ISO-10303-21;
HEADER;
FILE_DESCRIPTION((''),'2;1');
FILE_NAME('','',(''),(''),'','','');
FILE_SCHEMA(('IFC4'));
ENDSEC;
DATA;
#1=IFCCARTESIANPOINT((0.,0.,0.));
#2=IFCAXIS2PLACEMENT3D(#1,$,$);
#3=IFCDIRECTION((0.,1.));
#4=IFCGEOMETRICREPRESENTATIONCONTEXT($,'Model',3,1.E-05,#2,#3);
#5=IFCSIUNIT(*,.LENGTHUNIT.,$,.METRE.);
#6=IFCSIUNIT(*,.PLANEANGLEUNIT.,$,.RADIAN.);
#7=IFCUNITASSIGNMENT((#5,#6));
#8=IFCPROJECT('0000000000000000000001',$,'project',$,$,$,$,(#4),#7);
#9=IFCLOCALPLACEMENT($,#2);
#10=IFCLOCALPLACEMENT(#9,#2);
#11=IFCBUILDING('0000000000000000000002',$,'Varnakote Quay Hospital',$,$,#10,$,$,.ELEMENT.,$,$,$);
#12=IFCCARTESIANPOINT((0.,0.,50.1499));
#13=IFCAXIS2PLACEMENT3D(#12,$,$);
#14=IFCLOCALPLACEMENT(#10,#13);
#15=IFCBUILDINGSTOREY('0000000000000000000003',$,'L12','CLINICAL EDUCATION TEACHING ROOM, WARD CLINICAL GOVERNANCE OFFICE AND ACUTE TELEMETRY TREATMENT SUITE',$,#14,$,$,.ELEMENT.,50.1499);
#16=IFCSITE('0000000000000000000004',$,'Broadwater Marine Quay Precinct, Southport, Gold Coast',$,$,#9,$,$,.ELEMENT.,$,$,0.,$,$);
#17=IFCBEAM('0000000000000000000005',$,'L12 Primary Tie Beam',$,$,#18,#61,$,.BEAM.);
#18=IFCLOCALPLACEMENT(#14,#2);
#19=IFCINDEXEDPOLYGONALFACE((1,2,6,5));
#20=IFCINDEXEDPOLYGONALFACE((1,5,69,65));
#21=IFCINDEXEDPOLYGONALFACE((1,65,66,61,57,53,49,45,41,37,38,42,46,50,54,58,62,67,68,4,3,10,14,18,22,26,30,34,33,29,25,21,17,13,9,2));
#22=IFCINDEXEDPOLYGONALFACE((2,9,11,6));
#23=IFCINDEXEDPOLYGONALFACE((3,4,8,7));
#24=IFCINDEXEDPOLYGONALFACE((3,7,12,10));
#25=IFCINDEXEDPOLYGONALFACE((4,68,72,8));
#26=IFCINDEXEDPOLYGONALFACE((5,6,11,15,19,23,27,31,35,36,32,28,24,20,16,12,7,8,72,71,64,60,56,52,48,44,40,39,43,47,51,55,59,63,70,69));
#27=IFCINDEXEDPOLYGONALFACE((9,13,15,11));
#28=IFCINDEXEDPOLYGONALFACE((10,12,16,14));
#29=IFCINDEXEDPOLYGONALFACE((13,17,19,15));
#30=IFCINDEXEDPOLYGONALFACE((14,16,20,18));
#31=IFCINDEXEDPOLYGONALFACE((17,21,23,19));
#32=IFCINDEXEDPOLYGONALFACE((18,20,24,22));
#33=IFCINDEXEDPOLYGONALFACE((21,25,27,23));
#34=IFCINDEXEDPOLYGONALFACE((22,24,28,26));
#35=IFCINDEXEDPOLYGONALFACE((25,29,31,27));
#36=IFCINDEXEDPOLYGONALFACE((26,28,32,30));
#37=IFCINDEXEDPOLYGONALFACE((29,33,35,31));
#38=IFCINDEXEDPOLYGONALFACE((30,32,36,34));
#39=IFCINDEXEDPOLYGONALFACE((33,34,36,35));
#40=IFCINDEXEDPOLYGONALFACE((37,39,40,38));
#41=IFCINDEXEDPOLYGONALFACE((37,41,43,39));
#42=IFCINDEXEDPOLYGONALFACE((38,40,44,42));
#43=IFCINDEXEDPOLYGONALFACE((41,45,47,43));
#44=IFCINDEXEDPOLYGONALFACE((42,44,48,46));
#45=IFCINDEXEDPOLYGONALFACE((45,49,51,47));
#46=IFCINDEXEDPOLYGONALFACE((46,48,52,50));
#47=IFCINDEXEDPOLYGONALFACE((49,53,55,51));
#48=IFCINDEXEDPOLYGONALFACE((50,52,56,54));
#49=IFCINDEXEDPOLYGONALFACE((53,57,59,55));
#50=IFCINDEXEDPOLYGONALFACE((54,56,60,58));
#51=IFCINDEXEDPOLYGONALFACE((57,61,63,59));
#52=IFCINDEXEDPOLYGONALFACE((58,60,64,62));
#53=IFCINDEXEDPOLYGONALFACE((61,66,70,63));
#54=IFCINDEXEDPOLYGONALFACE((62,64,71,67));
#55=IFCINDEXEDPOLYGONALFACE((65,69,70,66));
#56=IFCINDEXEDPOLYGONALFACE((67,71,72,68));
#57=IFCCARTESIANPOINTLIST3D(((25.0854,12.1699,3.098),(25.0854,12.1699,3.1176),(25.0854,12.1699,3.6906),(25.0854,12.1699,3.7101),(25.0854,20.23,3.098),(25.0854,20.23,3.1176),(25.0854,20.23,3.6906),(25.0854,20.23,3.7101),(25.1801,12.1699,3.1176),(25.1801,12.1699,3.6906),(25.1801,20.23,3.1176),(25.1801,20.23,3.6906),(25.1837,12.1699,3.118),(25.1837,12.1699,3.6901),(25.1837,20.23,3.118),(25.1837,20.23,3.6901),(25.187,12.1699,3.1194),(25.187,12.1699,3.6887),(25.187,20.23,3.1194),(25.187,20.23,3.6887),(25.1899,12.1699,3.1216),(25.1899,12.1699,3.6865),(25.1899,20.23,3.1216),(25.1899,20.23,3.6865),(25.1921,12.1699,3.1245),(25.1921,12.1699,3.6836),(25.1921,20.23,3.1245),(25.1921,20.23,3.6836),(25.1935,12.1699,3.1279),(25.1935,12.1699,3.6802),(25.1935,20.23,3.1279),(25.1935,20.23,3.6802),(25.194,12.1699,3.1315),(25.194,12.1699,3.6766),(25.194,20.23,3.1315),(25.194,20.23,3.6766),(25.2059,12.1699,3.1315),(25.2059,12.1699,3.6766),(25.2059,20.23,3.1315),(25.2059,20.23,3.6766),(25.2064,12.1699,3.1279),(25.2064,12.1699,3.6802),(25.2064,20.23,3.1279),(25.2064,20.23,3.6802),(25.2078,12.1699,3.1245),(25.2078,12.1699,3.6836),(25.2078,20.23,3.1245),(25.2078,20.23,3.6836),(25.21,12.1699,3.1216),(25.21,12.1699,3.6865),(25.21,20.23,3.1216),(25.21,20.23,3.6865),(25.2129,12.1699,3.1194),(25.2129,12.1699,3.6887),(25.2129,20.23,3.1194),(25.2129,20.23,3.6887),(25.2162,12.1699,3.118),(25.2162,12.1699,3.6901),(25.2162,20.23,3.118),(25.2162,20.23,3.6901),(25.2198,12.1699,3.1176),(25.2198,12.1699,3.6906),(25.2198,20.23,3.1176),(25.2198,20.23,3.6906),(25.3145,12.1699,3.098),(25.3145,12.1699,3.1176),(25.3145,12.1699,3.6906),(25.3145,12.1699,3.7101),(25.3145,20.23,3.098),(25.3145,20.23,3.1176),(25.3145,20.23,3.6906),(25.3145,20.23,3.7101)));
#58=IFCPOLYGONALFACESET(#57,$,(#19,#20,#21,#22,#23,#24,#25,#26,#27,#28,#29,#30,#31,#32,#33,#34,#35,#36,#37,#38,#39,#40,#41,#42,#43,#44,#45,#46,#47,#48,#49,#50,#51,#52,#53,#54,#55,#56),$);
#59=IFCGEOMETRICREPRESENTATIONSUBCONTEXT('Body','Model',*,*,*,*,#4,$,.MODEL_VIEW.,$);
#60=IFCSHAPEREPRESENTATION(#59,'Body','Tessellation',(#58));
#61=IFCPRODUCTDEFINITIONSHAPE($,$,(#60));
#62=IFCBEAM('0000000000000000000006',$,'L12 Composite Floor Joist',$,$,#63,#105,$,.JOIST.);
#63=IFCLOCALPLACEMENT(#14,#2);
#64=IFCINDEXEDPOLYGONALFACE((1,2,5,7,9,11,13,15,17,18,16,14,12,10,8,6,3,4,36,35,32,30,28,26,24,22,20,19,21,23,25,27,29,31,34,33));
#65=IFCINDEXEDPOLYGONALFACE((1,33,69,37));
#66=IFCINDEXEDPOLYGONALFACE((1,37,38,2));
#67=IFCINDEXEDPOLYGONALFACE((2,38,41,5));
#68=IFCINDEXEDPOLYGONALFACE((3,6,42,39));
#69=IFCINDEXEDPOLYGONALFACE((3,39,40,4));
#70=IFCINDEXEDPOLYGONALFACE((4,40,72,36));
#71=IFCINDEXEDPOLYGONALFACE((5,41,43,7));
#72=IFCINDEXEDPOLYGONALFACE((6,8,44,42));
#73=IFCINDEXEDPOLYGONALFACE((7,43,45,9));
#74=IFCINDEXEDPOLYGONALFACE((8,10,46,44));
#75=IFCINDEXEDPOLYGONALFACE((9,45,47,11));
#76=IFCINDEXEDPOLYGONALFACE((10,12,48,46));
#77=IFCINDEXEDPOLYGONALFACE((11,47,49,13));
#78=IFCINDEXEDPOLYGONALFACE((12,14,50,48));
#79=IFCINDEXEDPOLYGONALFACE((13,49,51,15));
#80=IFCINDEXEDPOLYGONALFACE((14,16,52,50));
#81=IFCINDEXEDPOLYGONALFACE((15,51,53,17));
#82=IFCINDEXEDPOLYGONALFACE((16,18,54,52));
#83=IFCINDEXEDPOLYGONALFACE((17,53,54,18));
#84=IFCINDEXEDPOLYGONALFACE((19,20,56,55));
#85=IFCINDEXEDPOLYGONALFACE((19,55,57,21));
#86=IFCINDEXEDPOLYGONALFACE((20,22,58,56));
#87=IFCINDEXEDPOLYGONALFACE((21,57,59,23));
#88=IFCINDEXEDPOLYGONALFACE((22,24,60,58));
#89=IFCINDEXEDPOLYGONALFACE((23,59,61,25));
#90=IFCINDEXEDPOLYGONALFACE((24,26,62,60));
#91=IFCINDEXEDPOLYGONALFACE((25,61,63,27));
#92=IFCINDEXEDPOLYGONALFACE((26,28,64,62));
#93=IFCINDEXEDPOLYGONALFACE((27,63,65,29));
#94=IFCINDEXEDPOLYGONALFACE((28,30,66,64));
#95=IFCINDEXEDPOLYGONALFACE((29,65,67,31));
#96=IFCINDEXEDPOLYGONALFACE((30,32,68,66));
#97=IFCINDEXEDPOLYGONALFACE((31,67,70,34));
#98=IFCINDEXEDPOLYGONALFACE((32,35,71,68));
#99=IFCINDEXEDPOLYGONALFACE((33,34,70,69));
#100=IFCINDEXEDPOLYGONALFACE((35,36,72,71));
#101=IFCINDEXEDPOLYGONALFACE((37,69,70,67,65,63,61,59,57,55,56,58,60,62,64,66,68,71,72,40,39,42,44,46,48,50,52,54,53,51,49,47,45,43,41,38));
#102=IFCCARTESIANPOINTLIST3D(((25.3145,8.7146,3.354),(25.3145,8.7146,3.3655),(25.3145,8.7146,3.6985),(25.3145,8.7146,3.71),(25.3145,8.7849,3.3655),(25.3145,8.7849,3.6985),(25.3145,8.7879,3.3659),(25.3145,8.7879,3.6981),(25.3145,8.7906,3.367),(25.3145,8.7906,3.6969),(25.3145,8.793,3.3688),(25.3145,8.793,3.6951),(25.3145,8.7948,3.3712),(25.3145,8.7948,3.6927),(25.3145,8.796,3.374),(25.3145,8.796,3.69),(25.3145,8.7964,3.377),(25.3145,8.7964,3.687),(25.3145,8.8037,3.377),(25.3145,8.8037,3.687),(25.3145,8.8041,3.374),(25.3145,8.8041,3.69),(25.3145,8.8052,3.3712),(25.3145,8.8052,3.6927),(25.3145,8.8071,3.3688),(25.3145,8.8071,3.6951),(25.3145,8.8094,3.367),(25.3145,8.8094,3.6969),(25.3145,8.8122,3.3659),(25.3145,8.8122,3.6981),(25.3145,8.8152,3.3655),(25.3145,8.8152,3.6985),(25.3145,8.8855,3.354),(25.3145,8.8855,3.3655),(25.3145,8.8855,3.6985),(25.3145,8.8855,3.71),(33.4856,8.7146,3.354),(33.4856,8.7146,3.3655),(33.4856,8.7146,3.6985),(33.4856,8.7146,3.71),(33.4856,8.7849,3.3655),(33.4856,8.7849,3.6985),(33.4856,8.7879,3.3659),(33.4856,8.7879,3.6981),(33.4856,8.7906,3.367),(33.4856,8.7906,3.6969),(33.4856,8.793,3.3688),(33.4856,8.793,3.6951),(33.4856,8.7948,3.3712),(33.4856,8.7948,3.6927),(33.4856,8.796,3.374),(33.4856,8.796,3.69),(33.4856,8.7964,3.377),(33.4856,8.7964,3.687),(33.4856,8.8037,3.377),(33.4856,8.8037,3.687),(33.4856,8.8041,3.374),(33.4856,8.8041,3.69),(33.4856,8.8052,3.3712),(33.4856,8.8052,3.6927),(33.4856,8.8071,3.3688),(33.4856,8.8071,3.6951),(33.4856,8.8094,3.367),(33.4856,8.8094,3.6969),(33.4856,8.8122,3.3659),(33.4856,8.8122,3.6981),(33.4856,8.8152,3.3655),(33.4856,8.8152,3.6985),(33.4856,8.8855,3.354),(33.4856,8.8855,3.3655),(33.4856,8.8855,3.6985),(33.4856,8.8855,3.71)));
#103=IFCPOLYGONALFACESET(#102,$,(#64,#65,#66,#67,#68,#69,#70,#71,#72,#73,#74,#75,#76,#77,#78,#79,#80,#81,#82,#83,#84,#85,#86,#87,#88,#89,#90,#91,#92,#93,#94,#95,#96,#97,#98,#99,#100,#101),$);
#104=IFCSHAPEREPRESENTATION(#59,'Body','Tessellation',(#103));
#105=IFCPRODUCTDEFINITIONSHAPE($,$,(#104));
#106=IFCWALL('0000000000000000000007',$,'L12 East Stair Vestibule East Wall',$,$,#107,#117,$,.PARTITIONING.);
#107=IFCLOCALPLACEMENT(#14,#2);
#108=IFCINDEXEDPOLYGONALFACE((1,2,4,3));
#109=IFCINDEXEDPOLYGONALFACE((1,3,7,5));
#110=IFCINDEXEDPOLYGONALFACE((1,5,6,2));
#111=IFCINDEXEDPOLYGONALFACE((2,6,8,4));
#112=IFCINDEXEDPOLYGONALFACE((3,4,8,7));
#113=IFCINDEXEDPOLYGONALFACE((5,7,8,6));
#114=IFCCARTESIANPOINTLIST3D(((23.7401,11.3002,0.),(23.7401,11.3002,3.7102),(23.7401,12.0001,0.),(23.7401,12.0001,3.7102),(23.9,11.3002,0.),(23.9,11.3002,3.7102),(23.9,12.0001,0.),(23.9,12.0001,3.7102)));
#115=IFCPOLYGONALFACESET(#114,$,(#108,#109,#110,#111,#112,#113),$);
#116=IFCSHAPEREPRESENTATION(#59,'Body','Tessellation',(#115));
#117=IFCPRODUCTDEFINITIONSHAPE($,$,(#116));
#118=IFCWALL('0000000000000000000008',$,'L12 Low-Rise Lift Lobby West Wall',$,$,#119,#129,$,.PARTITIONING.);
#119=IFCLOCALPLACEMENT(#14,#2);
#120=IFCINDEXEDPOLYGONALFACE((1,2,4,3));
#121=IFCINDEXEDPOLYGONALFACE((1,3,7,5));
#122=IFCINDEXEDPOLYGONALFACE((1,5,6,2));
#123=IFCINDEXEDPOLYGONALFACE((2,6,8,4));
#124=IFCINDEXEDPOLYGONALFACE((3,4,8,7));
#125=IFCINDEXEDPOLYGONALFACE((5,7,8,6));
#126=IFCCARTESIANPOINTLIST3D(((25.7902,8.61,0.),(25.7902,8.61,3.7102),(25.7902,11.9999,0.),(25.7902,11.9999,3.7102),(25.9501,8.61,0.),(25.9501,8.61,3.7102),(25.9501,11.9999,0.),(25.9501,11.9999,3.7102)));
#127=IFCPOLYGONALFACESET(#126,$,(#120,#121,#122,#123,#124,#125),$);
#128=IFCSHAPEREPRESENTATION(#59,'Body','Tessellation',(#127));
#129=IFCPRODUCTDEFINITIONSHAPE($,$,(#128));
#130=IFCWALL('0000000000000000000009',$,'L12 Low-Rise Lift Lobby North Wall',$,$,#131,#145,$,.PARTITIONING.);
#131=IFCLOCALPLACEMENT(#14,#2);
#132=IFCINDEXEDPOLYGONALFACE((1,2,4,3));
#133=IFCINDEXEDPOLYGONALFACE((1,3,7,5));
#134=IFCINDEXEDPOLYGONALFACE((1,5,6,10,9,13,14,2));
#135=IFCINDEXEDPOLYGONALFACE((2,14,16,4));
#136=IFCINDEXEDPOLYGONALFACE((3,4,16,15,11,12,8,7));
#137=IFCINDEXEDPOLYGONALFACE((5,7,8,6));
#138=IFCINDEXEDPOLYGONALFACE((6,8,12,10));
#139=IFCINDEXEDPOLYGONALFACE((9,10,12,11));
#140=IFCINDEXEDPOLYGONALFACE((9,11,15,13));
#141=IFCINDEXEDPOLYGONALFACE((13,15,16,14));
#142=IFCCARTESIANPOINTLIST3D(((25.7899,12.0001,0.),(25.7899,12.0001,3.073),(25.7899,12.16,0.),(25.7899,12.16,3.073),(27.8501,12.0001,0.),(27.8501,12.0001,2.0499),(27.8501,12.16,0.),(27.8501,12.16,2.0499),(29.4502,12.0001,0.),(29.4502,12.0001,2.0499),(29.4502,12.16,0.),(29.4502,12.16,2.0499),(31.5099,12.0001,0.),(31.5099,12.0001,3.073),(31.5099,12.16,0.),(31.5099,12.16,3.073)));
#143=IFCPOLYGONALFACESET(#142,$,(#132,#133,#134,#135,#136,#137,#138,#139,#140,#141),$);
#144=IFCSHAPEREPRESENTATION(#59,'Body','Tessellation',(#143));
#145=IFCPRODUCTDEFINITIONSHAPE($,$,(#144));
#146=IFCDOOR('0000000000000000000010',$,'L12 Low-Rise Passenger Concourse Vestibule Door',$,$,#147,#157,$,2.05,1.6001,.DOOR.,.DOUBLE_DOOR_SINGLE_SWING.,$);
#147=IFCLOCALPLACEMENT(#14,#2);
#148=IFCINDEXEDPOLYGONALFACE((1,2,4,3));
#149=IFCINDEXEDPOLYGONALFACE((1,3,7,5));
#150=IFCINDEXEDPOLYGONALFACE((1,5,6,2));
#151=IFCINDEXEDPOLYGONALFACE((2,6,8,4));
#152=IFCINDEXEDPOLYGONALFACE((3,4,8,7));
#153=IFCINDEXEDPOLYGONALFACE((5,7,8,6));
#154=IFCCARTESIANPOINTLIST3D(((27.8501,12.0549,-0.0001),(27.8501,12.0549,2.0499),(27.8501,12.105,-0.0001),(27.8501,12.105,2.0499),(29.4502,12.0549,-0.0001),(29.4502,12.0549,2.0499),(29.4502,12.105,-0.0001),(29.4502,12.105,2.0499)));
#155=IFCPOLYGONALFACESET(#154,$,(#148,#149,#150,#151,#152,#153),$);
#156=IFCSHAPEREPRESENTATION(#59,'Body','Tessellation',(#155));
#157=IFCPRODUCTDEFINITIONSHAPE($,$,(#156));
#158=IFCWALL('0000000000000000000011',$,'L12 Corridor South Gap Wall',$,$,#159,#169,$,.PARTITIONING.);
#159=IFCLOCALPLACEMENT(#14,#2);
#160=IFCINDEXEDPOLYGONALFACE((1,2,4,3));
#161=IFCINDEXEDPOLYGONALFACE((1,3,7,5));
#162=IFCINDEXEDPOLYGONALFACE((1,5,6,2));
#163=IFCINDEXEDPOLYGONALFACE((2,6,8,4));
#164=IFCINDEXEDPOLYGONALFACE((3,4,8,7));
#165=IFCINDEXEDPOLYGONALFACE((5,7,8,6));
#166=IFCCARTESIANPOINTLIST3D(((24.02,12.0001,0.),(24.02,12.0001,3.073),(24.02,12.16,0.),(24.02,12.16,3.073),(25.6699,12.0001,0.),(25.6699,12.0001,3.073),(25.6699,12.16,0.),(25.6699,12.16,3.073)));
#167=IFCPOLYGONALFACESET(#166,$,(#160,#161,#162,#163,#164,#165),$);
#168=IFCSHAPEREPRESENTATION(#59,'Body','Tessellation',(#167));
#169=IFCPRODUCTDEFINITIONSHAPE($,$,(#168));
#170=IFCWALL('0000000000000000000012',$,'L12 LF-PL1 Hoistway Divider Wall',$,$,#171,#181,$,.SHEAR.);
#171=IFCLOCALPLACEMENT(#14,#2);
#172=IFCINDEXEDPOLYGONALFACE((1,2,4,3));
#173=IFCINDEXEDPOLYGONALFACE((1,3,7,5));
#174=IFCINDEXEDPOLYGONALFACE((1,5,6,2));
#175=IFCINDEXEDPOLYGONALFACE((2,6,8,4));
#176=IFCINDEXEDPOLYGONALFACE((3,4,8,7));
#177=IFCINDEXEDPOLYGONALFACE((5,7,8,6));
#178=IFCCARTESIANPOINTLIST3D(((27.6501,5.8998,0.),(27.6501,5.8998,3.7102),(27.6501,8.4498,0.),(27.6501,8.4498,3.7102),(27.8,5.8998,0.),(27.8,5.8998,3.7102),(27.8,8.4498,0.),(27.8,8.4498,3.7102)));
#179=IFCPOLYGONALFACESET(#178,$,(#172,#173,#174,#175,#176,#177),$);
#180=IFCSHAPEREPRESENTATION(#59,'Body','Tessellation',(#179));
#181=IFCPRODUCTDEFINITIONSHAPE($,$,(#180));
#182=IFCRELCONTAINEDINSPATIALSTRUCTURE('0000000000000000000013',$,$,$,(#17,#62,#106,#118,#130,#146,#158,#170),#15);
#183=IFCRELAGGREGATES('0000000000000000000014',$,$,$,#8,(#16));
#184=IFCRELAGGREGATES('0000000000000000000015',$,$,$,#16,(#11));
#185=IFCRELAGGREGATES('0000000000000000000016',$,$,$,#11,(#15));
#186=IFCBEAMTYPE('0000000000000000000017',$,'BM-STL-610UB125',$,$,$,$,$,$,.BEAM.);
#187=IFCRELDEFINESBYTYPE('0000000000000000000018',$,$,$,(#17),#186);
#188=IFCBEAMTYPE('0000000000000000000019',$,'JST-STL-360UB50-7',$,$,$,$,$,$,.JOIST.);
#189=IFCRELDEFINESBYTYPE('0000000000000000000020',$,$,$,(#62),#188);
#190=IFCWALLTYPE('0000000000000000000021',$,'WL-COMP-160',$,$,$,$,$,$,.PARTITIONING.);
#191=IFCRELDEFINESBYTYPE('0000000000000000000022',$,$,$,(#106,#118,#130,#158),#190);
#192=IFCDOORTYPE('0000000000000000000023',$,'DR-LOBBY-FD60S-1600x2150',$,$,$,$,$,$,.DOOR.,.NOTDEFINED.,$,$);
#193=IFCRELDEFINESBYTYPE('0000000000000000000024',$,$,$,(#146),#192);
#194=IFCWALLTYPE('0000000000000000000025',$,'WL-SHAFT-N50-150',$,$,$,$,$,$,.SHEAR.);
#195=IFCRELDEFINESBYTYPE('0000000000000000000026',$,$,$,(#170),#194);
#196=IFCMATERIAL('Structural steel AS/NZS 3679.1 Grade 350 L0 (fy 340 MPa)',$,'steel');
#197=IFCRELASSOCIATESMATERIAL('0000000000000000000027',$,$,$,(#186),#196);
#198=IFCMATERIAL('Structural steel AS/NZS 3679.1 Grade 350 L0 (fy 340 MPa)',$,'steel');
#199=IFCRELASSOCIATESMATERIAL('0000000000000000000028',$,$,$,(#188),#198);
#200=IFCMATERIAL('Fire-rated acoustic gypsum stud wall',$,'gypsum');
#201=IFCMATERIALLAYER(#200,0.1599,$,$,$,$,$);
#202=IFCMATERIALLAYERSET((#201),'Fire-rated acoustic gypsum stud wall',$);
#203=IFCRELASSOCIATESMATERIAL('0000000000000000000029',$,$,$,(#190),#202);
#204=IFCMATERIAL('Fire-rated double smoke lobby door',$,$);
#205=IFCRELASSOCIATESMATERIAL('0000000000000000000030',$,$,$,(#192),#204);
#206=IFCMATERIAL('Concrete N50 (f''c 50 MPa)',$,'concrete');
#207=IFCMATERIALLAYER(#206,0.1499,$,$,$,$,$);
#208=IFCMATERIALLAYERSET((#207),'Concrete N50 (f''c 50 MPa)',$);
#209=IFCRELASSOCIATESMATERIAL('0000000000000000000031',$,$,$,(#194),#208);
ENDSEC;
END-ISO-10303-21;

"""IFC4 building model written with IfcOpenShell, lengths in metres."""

from ifc_helpers import new_model, si_unit, direction, frame, frame_2d, origin, origin_2d, place, context, subcontext, project, spatial, rectangle, i_section, extrude, material, layer, layer_set, material_profile, profile_set, type_object, element, fill, save


model = new_model("IFC4")

# Units and contexts
model_context = context("Model", 3, precision=1e-05, world=origin(), true_north=direction((0.0, 1.0)))
body_context = subcontext(model_context, "Body", "Model", "MODEL_VIEW")
ifc_project = project(units=[si_unit("LENGTHUNIT", "METRE"), si_unit("PLANEANGLEUNIT", "RADIAN")], contexts=[model_context])

# Site, building, storey
site_placement = place(None, origin())
site = spatial("IfcSite", under=ifc_project, at=site_placement, Name="Broadwater Marine Quay Precinct, Southport, Gold Coast", CompositionType="ELEMENT", RefElevation=0.0)
building_placement = place(site_placement, origin())
building = spatial("IfcBuilding", under=site, at=building_placement, Name="Varnakote Quay Hospital", CompositionType="ELEMENT")
storey_placement = place(building_placement, frame((0.0, 0.0, 50.1499)))
storey = spatial("IfcBuildingStorey", under=building, at=storey_placement, Name="L12", Description="CLINICAL EDUCATION TEACHING ROOM, WARD CLINICAL GOVERNANCE OFFICE AND ACUTE TELEMETRY TREATMENT SUITE", CompositionType="ELEMENT", Elevation=50.1499)

# Beams
ifc_material_1 = material(Name="Structural steel AS/NZS 3679.1 Grade 350 L0 (fy 340 MPa)", Category="steel")
ifc_material_profile_1 = material_profile(ifc_material_1, i_section(OverallWidth=0.229, OverallDepth=0.6121, WebThickness=0.012, FlangeThickness=0.0195, FilletRadius=0.0139, at=origin_2d()), Name="610UB125")
ifc_profile_set_1 = profile_set([ifc_material_profile_1], Name="Structural steel AS/NZS 3679.1 Grade 350 L0 (fy 340 MPa)")
beam_type_1 = type_object("IfcBeamType", Name="BM-STL-610UB125", PredefinedType="BEAM", material=ifc_profile_set_1)
beam_1_placement = place(storey_placement, frame((25.2, 12.1699, 3.4041), z_axis=(0.0, 1.0, 0.0), x_axis=(-1.0, 0.0, 0.0)))
element("IfcBeam", 1, at=beam_1_placement, inside=storey, type_object=beam_type_1, Name="L12 Primary Tie Beam", PredefinedType="BEAM", context=body_context, shape_type="SweptSolid", body=[
    extrude(i_section(OverallWidth=0.229, OverallDepth=0.6121, WebThickness=0.012, FlangeThickness=0.0195, FilletRadius=0.0139, at=origin_2d()), origin(), (0.0, 0.0, 1.0), 8.0601),
])
ifc_material_2 = material(Name="Structural steel AS/NZS 3679.1 Grade 350 L0 (fy 340 MPa)", Category="steel")
ifc_material_profile_2 = material_profile(ifc_material_2, i_section(OverallWidth=0.1709, OverallDepth=0.356, WebThickness=0.0073, FlangeThickness=0.0115, FilletRadius=0.0115, at=origin_2d()), Name="360UB50.7")
ifc_profile_set_2 = profile_set([ifc_material_profile_2], Name="Structural steel AS/NZS 3679.1 Grade 350 L0 (fy 340 MPa)")
beam_type_2 = type_object("IfcBeamType", Name="JST-STL-360UB50-7", PredefinedType="JOIST", material=ifc_profile_set_2)
beam_2_placement = place(storey_placement, frame((25.3145, 8.8, 3.532), z_axis=(1.0, 0.0, 0.0), x_axis=(0.0, 1.0, 0.0)))
element("IfcBeam", 2, at=beam_2_placement, inside=storey, type_object=beam_type_2, Name="L12 Composite Floor Joist", PredefinedType="JOIST", context=body_context, shape_type="SweptSolid", body=[
    extrude(i_section(OverallWidth=0.1709, OverallDepth=0.356, WebThickness=0.0073, FlangeThickness=0.0115, FilletRadius=0.0115, at=origin_2d()), origin(), (0.0, 0.0, 1.0), 8.1711),
])

# Walls
ifc_material_3 = material(Name="Fire-rated acoustic gypsum stud wall", Category="gypsum")
ifc_layer_1 = layer(ifc_material_3, 0.1599)
ifc_layer_set_1 = layer_set([ifc_layer_1], Name="Fire-rated acoustic gypsum stud wall")
wall_type_1 = type_object("IfcWallType", Name="WL-COMP-160", PredefinedType="PARTITIONING", material=ifc_layer_set_1)
wall_1_placement = place(storey_placement, frame((23.8201, 11.3, 0.0), z_axis=(0.0, 0.0, 1.0), x_axis=(0.0, 1.0, 0.0)))
element("IfcWall", 3, at=wall_1_placement, inside=storey, type_object=wall_type_1, Name="L12 East Stair Vestibule East Wall", PredefinedType="PARTITIONING", context=body_context, shape_type="SweptSolid", body=[
    extrude(rectangle(XDim=0.7, YDim=0.1599, at=frame_2d((0.3501, 0.0))), origin(), (0.0, 0.0, 1.0), 3.7102),
])
wall_2_placement = place(storey_placement, frame((25.8701, 8.6101, 0.0), z_axis=(0.0, 0.0, 1.0), x_axis=(0.0, 1.0, 0.0)))
element("IfcWall", 4, at=wall_2_placement, inside=storey, type_object=wall_type_1, Name="L12 Low-Rise Lift Lobby West Wall", PredefinedType="PARTITIONING", context=body_context, shape_type="SweptSolid", body=[
    extrude(rectangle(XDim=3.3899, YDim=0.1599, at=frame_2d((1.6948, 0.0))), origin(), (0.0, 0.0, 1.0), 3.7102),
])

# Wall, opening, door
wall_3_placement = place(storey_placement, frame((25.79, 12.0801, 0.0), z_axis=(0.0, 0.0, 1.0), x_axis=(1.0, 0.0, 0.0)))
wall_3 = element("IfcWall", 5, at=wall_3_placement, inside=storey, type_object=wall_type_1, Name="L12 Low-Rise Lift Lobby North Wall", PredefinedType="PARTITIONING", context=body_context, shape_type="SweptSolid", body=[
    extrude(rectangle(XDim=5.72, YDim=0.1599, at=frame_2d((2.8599, 0.0))), origin(), (0.0, 0.0, 1.0), 3.073),
])
opening_1_placement = place(wall_3_placement, frame((2.0601, 0.0, 0.0)))
opening_1 = element("IfcOpeningElement", 6, at=opening_1_placement, cuts=wall_3, PredefinedType="OPENING", context=body_context, shape_type="SweptSolid", body=[
    extrude(rectangle(XDim=1.6001, YDim=2.05, at=frame_2d((0.8, 1.0249))), frame((0.0, 0.0898, 0.0), z_axis=(0.0, -1.0, 0.0), x_axis=(1.0, 0.0, 0.0)), (0.0, 0.0, 1.0), 0.1799),
])
ifc_material_4 = material(Name="Fire-rated double smoke lobby door")
door_type_1 = type_object("IfcDoorType", Name="DR-LOBBY-FD60S-1600x2150", OperationType="NOTDEFINED", PredefinedType="DOOR", material=ifc_material_4)
door_1_placement = place(opening_1_placement, origin())
door_1 = element("IfcDoor", 7, at=door_1_placement, inside=storey, type_object=door_type_1, Name="L12 Low-Rise Passenger Concourse Vestibule Door", OperationType="DOUBLE_DOOR_SINGLE_SWING", OverallHeight=2.05, OverallWidth=1.6001, PredefinedType="DOOR", context=body_context, shape_type="SweptSolid", body=[
    extrude(rectangle(XDim=1.6001, YDim=2.05, at=frame_2d((0.8, 1.0249))), frame((0.0, 0.0249, 0.0), z_axis=(0.0, -1.0, 0.0), x_axis=(1.0, 0.0, 0.0)), (0.0, 0.0, 1.0), 0.05),
])
fill(opening_1, door_1)

# Walls
wall_4_placement = place(storey_placement, frame((24.02, 12.0801, 0.0), z_axis=(0.0, 0.0, 1.0), x_axis=(1.0, 0.0, 0.0)))
element("IfcWall", 8, at=wall_4_placement, inside=storey, type_object=wall_type_1, Name="L12 Corridor South Gap Wall", PredefinedType="PARTITIONING", context=body_context, shape_type="SweptSolid", body=[
    extrude(rectangle(XDim=1.6499, YDim=0.1599, at=frame_2d((0.825, 0.0))), origin(), (0.0, 0.0, 1.0), 3.073),
])
ifc_material_5 = material(Name="Concrete N50 (f'c 50 MPa)", Category="concrete")
ifc_layer_2 = layer(ifc_material_5, 0.1499)
ifc_layer_set_2 = layer_set([ifc_layer_2], Name="Concrete N50 (f'c 50 MPa)")
wall_type_2 = type_object("IfcWallType", Name="WL-SHAFT-N50-150", PredefinedType="SHEAR", material=ifc_layer_set_2)
wall_5_placement = place(storey_placement, frame((27.7251, 5.8999, 0.0), z_axis=(0.0, 0.0, 1.0), x_axis=(0.0, 1.0, 0.0)))
element("IfcWall", 9, at=wall_5_placement, inside=storey, type_object=wall_type_2, Name="L12 LF-PL1 Hoistway Divider Wall", PredefinedType="SHEAR", context=body_context, shape_type="SweptSolid", body=[
    extrude(rectangle(XDim=2.55, YDim=0.1499, at=frame_2d((1.2749, 0.0))), origin(), (0.0, 0.0, 1.0), 3.7102),
])

save(model, "model.ifc")
